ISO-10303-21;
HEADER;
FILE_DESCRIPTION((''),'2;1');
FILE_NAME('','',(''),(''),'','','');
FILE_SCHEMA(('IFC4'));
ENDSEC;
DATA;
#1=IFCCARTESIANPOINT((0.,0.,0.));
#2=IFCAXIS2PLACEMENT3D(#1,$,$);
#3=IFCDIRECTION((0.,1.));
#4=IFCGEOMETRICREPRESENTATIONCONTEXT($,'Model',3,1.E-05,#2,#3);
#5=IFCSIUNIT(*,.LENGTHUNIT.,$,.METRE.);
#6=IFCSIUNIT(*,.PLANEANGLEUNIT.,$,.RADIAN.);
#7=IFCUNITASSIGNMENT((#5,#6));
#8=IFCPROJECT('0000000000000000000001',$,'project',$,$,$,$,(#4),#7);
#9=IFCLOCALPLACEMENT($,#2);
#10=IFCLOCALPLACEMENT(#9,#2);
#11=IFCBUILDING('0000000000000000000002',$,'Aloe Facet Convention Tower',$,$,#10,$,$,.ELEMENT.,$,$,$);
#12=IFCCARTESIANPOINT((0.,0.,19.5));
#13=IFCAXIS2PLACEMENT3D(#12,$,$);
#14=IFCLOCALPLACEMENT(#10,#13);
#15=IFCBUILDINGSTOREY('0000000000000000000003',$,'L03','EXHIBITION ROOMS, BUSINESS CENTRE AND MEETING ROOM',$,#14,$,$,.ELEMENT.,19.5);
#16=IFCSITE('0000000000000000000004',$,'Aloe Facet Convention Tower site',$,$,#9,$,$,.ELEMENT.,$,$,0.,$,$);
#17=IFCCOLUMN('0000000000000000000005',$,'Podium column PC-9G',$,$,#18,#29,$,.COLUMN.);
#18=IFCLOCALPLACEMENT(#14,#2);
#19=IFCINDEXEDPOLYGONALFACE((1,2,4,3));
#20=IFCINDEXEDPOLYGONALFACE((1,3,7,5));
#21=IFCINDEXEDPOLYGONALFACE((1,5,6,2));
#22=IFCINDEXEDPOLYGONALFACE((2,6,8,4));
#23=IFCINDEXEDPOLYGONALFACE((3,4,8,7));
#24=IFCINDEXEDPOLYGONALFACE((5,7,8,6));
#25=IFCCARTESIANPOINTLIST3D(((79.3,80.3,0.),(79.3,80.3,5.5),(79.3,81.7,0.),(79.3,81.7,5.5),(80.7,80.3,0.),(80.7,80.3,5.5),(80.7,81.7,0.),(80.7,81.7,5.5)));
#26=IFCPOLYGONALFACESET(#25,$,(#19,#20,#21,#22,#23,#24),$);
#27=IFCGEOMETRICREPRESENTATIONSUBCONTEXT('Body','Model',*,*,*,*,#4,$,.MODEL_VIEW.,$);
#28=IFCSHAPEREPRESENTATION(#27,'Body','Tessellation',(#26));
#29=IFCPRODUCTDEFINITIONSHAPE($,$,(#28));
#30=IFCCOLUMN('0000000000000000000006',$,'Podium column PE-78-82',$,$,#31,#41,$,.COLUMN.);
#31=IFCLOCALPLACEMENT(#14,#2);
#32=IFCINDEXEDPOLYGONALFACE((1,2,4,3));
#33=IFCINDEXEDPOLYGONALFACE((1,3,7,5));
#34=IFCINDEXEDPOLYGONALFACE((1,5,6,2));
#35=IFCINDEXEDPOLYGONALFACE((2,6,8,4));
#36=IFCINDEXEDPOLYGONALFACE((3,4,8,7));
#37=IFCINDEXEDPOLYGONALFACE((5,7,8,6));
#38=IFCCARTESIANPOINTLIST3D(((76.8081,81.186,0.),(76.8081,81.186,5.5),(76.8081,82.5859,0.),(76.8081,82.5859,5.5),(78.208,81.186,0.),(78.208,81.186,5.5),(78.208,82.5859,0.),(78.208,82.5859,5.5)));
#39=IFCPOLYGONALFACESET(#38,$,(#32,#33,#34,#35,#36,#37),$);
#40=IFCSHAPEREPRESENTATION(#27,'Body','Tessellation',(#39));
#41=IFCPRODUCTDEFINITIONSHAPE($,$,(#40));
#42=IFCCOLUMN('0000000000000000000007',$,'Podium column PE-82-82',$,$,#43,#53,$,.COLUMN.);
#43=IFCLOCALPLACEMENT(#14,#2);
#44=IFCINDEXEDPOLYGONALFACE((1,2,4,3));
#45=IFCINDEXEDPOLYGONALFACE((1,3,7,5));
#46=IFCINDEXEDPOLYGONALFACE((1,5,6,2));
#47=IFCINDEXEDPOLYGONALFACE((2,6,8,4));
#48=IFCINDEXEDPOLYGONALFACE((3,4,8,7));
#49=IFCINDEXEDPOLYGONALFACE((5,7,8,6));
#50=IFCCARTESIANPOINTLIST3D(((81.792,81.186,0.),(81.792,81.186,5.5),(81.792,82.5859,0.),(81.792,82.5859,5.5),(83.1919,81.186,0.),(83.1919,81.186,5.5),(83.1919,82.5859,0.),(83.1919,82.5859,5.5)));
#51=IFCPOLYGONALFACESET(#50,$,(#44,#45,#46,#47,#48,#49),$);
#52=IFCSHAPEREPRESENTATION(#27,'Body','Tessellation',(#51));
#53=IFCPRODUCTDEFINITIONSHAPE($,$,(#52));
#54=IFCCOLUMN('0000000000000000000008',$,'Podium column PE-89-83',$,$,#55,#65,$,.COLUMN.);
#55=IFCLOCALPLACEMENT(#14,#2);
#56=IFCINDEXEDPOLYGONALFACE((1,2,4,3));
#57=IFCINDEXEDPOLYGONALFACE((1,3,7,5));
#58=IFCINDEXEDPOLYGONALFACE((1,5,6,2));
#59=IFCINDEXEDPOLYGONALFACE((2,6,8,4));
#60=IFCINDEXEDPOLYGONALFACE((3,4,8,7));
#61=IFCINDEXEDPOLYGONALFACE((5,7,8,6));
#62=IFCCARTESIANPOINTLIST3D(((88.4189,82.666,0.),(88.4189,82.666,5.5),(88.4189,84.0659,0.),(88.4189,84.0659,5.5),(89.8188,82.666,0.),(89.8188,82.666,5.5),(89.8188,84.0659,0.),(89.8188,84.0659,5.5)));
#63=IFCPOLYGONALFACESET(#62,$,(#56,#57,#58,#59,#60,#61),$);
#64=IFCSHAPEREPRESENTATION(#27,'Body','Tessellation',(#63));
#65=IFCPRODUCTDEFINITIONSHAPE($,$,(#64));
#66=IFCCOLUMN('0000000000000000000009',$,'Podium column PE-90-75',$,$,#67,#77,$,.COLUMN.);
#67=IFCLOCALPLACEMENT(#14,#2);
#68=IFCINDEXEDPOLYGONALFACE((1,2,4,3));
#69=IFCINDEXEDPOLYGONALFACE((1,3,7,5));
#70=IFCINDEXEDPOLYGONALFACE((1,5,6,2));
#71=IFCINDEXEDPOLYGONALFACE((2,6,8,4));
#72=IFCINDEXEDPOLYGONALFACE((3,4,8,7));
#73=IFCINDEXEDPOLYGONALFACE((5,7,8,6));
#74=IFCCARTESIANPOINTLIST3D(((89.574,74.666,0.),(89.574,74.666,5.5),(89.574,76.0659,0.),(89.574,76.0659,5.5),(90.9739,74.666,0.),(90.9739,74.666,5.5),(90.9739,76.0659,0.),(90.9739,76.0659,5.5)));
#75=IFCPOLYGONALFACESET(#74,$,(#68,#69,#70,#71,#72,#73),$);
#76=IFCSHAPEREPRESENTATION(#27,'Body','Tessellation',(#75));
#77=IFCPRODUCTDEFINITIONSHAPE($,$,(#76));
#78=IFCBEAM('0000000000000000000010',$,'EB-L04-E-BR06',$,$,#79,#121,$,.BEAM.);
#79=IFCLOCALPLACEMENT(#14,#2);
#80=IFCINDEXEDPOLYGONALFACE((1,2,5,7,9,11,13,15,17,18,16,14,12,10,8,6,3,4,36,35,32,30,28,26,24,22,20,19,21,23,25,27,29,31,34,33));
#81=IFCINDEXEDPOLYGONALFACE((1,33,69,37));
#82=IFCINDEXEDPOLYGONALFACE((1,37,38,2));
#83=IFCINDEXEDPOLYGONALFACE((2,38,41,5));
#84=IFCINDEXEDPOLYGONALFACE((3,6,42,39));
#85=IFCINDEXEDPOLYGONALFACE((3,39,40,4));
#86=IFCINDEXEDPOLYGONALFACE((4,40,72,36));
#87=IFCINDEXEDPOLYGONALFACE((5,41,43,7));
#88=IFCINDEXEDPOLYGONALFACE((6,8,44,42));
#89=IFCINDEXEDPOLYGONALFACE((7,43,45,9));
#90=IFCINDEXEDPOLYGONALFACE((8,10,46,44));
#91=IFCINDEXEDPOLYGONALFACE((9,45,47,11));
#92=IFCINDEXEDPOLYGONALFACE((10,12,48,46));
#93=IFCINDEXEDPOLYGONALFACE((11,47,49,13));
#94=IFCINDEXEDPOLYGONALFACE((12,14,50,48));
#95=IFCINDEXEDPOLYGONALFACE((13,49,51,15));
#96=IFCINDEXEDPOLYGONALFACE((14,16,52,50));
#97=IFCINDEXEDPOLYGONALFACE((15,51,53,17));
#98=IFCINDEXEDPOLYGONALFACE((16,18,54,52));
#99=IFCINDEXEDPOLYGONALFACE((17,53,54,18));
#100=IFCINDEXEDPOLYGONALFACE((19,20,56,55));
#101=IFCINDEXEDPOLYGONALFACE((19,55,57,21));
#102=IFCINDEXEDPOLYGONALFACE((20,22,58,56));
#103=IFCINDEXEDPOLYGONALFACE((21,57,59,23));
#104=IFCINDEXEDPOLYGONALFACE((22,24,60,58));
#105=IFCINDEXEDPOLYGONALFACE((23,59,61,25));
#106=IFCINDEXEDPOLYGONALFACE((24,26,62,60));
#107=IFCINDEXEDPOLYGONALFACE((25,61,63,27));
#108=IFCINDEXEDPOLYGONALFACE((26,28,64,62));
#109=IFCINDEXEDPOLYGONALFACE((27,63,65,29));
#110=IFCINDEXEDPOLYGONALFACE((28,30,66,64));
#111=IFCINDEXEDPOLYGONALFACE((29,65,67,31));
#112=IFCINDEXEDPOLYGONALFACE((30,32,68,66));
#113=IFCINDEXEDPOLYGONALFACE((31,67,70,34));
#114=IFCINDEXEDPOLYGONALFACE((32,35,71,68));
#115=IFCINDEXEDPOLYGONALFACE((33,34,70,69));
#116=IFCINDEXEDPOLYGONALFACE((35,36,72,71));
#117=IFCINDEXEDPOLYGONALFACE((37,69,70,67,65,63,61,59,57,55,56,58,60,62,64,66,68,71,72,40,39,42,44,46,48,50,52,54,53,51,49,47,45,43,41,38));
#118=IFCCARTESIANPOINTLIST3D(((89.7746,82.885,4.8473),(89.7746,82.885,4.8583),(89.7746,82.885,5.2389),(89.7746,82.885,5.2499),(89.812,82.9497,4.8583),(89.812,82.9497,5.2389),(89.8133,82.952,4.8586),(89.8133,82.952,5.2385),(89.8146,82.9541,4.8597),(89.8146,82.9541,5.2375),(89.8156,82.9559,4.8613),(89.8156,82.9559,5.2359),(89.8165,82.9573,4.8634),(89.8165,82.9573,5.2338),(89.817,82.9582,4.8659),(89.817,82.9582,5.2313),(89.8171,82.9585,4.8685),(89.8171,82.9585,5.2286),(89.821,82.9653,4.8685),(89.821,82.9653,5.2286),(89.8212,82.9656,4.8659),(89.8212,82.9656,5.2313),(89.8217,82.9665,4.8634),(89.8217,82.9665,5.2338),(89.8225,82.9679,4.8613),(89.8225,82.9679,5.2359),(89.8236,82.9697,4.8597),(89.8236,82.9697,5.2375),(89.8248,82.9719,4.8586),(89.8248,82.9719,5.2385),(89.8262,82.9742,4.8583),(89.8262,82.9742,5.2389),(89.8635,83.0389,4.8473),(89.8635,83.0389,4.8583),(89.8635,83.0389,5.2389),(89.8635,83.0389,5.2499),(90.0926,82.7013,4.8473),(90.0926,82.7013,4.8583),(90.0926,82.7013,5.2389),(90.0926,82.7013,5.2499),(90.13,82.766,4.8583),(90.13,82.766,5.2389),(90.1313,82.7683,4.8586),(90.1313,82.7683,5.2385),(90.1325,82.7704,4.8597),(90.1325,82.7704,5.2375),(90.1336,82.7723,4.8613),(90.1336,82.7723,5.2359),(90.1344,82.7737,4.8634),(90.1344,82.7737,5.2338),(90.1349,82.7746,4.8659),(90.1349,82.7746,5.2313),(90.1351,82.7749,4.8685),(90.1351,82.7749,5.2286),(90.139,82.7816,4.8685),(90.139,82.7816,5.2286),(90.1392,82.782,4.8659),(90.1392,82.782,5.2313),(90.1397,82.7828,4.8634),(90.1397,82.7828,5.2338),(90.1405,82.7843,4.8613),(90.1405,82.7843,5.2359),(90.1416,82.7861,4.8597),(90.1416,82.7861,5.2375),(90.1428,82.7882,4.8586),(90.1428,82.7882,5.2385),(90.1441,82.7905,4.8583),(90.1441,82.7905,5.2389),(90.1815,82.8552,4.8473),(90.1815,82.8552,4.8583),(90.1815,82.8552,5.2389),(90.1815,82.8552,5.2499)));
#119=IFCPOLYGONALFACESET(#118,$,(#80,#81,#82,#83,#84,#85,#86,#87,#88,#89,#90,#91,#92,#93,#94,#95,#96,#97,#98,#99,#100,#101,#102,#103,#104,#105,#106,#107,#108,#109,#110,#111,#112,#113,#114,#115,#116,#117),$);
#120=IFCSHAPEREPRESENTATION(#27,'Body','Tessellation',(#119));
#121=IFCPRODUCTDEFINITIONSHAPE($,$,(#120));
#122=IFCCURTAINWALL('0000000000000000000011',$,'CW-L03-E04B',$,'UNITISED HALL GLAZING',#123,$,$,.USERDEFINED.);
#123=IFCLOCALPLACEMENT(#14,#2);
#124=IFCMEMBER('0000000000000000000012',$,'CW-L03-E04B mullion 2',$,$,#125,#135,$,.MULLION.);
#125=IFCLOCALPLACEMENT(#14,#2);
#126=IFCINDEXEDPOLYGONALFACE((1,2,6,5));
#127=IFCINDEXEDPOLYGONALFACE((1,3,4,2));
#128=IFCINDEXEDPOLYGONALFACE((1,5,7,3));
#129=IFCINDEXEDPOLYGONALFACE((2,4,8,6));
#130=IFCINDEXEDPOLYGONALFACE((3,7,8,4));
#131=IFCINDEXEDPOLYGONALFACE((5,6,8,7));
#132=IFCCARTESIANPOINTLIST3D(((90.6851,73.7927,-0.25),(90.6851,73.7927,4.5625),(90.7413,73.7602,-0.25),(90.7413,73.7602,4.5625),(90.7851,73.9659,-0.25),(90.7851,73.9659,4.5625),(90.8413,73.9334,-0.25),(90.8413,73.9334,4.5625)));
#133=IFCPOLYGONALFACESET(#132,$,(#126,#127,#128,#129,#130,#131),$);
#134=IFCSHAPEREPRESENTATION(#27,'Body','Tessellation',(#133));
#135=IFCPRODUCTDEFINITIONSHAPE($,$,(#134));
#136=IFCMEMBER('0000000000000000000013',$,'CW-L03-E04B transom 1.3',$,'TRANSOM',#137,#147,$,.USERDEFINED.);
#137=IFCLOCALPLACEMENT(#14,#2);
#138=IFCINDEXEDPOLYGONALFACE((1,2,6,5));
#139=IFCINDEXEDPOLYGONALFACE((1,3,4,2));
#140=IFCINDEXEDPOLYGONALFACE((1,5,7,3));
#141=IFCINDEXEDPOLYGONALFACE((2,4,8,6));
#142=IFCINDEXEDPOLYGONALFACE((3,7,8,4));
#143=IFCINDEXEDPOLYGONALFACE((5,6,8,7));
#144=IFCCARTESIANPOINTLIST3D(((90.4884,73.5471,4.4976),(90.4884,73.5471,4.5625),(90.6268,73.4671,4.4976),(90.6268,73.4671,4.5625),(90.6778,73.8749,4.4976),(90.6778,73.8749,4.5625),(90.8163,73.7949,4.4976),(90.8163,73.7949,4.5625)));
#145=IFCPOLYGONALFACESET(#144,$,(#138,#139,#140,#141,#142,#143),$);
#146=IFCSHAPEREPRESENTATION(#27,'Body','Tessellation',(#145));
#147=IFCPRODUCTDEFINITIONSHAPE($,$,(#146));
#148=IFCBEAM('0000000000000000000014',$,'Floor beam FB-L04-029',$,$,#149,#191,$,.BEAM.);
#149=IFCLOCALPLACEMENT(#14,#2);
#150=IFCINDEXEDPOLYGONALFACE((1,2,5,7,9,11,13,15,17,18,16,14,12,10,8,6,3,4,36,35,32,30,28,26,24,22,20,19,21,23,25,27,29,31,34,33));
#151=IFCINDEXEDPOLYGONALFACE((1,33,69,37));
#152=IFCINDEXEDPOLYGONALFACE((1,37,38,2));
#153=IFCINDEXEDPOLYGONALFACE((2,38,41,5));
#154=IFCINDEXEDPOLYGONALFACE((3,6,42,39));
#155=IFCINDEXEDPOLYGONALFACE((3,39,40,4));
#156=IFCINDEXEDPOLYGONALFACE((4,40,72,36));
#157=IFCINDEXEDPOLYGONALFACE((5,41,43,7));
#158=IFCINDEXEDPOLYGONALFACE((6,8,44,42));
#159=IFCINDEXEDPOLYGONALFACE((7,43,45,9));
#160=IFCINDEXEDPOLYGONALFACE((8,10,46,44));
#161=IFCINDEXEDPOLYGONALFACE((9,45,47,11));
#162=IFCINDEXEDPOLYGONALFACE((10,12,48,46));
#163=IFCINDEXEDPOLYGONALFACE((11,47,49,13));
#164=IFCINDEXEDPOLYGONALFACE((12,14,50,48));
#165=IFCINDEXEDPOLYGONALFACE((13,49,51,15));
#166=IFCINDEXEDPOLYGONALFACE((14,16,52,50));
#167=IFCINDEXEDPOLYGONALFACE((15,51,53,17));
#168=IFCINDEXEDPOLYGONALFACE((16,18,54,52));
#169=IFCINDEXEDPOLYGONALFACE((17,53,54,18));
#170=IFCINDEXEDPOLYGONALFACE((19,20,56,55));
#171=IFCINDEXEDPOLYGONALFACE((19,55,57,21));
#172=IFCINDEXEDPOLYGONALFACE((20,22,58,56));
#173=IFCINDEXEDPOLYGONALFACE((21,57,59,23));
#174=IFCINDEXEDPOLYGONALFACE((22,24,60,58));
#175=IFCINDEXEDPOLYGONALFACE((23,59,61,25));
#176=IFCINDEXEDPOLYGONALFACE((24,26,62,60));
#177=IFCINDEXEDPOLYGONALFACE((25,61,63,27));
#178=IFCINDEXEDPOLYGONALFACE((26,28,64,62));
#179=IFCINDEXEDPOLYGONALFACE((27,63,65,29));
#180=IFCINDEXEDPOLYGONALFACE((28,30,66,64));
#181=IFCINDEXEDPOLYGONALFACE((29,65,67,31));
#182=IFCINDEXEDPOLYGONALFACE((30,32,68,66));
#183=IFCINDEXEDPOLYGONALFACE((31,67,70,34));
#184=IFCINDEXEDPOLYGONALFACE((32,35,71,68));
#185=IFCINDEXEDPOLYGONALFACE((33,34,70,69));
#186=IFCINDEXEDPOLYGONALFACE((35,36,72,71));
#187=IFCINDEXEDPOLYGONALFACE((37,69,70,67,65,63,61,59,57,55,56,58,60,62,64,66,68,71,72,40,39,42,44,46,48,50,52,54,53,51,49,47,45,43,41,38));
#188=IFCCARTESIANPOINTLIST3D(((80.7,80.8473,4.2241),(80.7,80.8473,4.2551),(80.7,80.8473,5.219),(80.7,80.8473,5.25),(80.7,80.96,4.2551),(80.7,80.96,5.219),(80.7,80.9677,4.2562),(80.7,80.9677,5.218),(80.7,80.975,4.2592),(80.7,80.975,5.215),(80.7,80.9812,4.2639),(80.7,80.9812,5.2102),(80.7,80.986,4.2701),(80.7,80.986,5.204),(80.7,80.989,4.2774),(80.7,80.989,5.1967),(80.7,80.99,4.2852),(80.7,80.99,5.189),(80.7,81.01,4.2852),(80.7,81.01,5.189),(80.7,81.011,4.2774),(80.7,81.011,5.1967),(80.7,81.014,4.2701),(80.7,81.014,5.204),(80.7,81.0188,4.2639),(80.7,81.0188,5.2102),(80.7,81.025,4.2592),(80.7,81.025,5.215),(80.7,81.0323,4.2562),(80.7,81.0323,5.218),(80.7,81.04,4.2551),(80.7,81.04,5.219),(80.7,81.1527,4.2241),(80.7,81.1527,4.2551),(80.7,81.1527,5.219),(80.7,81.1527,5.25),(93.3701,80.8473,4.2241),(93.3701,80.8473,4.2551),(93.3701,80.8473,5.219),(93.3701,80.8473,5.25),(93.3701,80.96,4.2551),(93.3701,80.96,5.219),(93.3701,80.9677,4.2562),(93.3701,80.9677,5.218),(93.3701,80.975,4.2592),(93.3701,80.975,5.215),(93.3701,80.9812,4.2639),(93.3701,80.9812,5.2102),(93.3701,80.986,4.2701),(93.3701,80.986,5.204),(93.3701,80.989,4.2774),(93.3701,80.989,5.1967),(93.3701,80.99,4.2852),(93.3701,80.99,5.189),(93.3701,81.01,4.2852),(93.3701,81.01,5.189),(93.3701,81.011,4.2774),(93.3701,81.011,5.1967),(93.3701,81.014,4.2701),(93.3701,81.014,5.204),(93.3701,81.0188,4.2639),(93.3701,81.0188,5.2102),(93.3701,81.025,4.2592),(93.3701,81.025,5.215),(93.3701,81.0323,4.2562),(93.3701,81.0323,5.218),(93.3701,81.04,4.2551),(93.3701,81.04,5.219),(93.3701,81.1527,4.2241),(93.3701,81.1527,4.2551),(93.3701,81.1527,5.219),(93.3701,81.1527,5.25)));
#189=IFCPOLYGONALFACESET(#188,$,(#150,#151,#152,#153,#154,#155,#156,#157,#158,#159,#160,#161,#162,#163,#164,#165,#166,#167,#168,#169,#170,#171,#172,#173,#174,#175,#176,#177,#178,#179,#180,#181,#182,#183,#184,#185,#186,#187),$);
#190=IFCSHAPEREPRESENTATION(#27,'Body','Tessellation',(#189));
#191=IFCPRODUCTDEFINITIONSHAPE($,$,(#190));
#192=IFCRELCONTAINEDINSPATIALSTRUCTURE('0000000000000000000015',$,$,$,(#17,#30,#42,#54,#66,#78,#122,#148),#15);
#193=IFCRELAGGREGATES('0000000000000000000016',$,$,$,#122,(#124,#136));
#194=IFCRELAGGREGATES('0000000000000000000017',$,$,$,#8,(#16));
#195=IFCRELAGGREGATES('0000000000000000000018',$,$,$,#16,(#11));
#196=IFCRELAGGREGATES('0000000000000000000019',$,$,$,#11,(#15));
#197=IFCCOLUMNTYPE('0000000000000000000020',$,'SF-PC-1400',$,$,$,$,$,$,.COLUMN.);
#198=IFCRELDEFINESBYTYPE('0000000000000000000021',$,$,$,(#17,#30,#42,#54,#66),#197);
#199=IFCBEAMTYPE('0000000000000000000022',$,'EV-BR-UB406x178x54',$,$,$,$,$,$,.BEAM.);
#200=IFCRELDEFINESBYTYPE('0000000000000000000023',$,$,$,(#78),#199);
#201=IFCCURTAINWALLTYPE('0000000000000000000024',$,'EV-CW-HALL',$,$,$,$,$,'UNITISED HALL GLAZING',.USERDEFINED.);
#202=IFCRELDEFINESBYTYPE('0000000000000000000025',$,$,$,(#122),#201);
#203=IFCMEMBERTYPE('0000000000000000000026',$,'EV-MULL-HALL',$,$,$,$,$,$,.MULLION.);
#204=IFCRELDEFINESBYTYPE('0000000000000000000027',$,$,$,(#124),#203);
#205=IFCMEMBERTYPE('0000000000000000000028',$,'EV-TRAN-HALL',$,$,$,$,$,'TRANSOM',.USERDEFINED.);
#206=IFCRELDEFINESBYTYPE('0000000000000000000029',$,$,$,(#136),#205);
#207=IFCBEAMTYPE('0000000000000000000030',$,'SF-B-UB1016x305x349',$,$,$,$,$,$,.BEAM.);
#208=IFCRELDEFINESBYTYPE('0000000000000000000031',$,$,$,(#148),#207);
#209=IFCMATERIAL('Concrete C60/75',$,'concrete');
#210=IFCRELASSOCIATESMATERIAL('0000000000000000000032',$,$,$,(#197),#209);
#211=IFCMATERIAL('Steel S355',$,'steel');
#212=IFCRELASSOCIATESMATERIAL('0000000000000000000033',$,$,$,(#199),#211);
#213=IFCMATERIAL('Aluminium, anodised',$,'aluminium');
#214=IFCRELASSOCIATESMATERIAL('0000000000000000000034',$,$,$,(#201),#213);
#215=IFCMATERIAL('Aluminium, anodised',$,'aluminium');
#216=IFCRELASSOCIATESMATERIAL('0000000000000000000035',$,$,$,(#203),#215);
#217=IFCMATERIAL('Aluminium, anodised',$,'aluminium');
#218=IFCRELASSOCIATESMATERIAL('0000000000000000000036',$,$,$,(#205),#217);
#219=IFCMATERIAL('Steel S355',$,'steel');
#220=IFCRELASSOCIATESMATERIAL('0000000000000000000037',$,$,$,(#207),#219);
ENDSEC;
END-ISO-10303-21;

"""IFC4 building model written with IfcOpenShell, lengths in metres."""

from ifc_helpers import new_model, si_unit, direction, frame, origin, origin_2d, place, context, subcontext, project, spatial, rectangle, i_section, extrude, material, material_profile, profile_set, type_object, element, aggregate, save


model = new_model("IFC4")

# Units and contexts
model_context = context("Model", 3, precision=1e-05, world=origin(), true_north=direction((0.0, 1.0)))
body_context = subcontext(model_context, "Body", "Model", "MODEL_VIEW")
ifc_project = project(units=[si_unit("LENGTHUNIT", "METRE"), si_unit("PLANEANGLEUNIT", "RADIAN")], contexts=[model_context])

# Site, building, storey
site_placement = place(None, origin())
site = spatial("IfcSite", under=ifc_project, at=site_placement, Name="Aloe Facet Convention Tower site", CompositionType="ELEMENT", RefElevation=0.0)
building_placement = place(site_placement, origin())
building = spatial("IfcBuilding", under=site, at=building_placement, Name="Aloe Facet Convention Tower", CompositionType="ELEMENT")
storey_placement = place(building_placement, frame((0.0, 0.0, 19.5)))
storey = spatial("IfcBuildingStorey", under=building, at=storey_placement, Name="L03", Description="EXHIBITION ROOMS, BUSINESS CENTRE AND MEETING ROOM", CompositionType="ELEMENT", Elevation=19.5)

# Columns
ifc_material_1 = material(Name="Concrete C60/75", Category="concrete")
ifc_material_profile_1 = material_profile(ifc_material_1, rectangle(XDim=1.3999, YDim=1.3999, at=origin_2d()), Name="SF-PC-1400")
ifc_profile_set_1 = profile_set([ifc_material_profile_1], Name="Concrete C60/75")
column_type = type_object("IfcColumnType", Name="SF-PC-1400", PredefinedType="COLUMN", material=ifc_profile_set_1)
for number, where, z_axis, x_axis, name in (
    (1, (80.0, 81.0, 0.0), (0.0, 0.0, 1.0), (1.0, 0.0, 0.0), "Podium column PC-9G"),
    (2, (77.5081, 81.886, 0.0), (0.0, 0.0, 1.0), (1.0, 0.0, 0.0), "Podium column PE-78-82"),
    (3, (82.4919, 81.886, 0.0), (0.0, 0.0, 1.0), (1.0, 0.0, 0.0), "Podium column PE-82-82"),
    (4, (89.1189, 83.366, 0.0), (0.0, 0.0, 1.0), (1.0, 0.0, 0.0), "Podium column PE-89-83"),
    (5, (90.2739, 75.366, 0.0), (0.0, 0.0, 1.0), (1.0, 0.0, 0.0), "Podium column PE-90-75"),
):
    element("IfcColumn", number, at=place(storey_placement, frame(where, z_axis=z_axis, x_axis=x_axis)), inside=storey, type_object=column_type, Name=name, PredefinedType="COLUMN", context=body_context, shape_type="SweptSolid", body=[
        extrude(rectangle(XDim=1.3999, YDim=1.3999, at=origin_2d()), origin(), (0.0, 0.0, 1.0), 5.5),
    ])

# Beam
ifc_material_2 = material(Name="Steel S355", Category="steel")
ifc_material_profile_2 = material_profile(ifc_material_2, i_section(OverallWidth=0.1777, OverallDepth=0.4026, WebThickness=0.0078, FlangeThickness=0.011, FilletRadius=0.0103, at=origin_2d()), Name="UB 406x178x54")
ifc_profile_set_2 = profile_set([ifc_material_profile_2], Name="Steel S355")
beam_type_1 = type_object("IfcBeamType", Name="EV-BR-UB406x178x54", PredefinedType="BEAM", material=ifc_profile_set_2)
beam_1_placement = place(storey_placement, frame((89.8191, 82.9619, 5.0486), z_axis=(0.865942, -0.500145, 0.0), x_axis=(0.500145, 0.865942, 0.0)))
element("IfcBeam", 6, at=beam_1_placement, inside=storey, type_object=beam_type_1, Name="EB-L04-E-BR06", PredefinedType="BEAM", context=body_context, shape_type="SweptSolid", body=[
    extrude(i_section(OverallWidth=0.1777, OverallDepth=0.4026, WebThickness=0.0078, FlangeThickness=0.011, FilletRadius=0.0103, at=origin_2d()), origin(), (0.0, 0.0, 1.0), 0.3672),
])

# Curtain wall, members
ifc_material_3 = material(Name="Aluminium, anodised", Category="aluminium")
curtain_wall_type = type_object("IfcCurtainWallType", Name="EV-CW-HALL", ElementType="UNITISED HALL GLAZING", PredefinedType="USERDEFINED", material=ifc_material_3)
curtain_wall_placement = place(storey_placement, origin())
curtain_wall = element("IfcCurtainWall", 7, at=curtain_wall_placement, inside=storey, type_object=curtain_wall_type, Name="CW-L03-E04B", ObjectType="UNITISED HALL GLAZING", PredefinedType="USERDEFINED")
ifc_material_4 = material(Name="Aluminium, anodised", Category="aluminium")
ifc_material_profile_3 = material_profile(ifc_material_4, rectangle(XDim=0.0649, YDim=0.2, at=origin_2d()), Name="AL 65x200")
ifc_profile_set_3 = profile_set([ifc_material_profile_3], Name="Aluminium, anodised")
member_type_1 = type_object("IfcMemberType", Name="EV-MULL-HALL", PredefinedType="MULLION", material=ifc_profile_set_3)
member_1_placement = place(storey_placement, frame((90.7632, 73.863, -0.25), z_axis=(0.0, 0.0, 1.0), x_axis=(-0.866025, 0.5, 0.0)))
member_1 = element("IfcMember", 8, at=member_1_placement, type_object=member_type_1, Name="CW-L03-E04B mullion 2", PredefinedType="MULLION", context=body_context, shape_type="SweptSolid", body=[
    extrude(rectangle(XDim=0.0649, YDim=0.2, at=origin_2d()), origin(), (0.0, 0.0, 1.0), 4.8125),
])
ifc_material_5 = material(Name="Aluminium, anodised", Category="aluminium")
ifc_material_profile_4 = material_profile(ifc_material_5, rectangle(XDim=0.1599, YDim=0.0649, at=origin_2d()), Name="AL 160x65")
ifc_profile_set_4 = profile_set([ifc_material_profile_4], Name="Aluminium, anodised")
member_type_2 = type_object("IfcMemberType", Name="EV-TRAN-HALL", ElementType="TRANSOM", PredefinedType="USERDEFINED", material=ifc_profile_set_4)
member_2_placement = place(storey_placement, frame((90.5576, 73.5071, 4.53), z_axis=(0.500299, 0.865853, 0.0), x_axis=(-0.865853, 0.500299, 0.0)))
member_2 = element("IfcMember", 9, at=member_2_placement, type_object=member_type_2, Name="CW-L03-E04B transom 1.3", ObjectType="TRANSOM", PredefinedType="USERDEFINED", context=body_context, shape_type="SweptSolid", body=[
    extrude(rectangle(XDim=0.1599, YDim=0.0649, at=origin_2d()), origin(), (0.0, 0.0, 1.0), 0.3787),
])

# Beam
ifc_material_6 = material(Name="Steel S355", Category="steel")
ifc_material_profile_5 = material_profile(ifc_material_6, i_section(OverallWidth=0.3054, OverallDepth=1.0259, WebThickness=0.02, FlangeThickness=0.031, FilletRadius=0.03, at=origin_2d()), Name="UB 1016x305x349")
ifc_profile_set_5 = profile_set([ifc_material_profile_5], Name="Steel S355")
beam_type_2 = type_object("IfcBeamType", Name="SF-B-UB1016x305x349", PredefinedType="BEAM", material=ifc_profile_set_5)
beam_2_placement = place(storey_placement, frame((80.7, 81.0, 4.7371), z_axis=(1.0, 0.0, 0.0), x_axis=(0.0, 1.0, 0.0)))
element("IfcBeam", 10, at=beam_2_placement, inside=storey, type_object=beam_type_2, Name="Floor beam FB-L04-029", PredefinedType="BEAM", context=body_context, shape_type="SweptSolid", body=[
    extrude(i_section(OverallWidth=0.3054, OverallDepth=1.0259, WebThickness=0.02, FlangeThickness=0.031, FilletRadius=0.03, at=origin_2d()), origin(), (0.0, 0.0, 1.0), 12.6702),
])

aggregate(curtain_wall, [member_1, member_2])

save(model, "model.ifc")
